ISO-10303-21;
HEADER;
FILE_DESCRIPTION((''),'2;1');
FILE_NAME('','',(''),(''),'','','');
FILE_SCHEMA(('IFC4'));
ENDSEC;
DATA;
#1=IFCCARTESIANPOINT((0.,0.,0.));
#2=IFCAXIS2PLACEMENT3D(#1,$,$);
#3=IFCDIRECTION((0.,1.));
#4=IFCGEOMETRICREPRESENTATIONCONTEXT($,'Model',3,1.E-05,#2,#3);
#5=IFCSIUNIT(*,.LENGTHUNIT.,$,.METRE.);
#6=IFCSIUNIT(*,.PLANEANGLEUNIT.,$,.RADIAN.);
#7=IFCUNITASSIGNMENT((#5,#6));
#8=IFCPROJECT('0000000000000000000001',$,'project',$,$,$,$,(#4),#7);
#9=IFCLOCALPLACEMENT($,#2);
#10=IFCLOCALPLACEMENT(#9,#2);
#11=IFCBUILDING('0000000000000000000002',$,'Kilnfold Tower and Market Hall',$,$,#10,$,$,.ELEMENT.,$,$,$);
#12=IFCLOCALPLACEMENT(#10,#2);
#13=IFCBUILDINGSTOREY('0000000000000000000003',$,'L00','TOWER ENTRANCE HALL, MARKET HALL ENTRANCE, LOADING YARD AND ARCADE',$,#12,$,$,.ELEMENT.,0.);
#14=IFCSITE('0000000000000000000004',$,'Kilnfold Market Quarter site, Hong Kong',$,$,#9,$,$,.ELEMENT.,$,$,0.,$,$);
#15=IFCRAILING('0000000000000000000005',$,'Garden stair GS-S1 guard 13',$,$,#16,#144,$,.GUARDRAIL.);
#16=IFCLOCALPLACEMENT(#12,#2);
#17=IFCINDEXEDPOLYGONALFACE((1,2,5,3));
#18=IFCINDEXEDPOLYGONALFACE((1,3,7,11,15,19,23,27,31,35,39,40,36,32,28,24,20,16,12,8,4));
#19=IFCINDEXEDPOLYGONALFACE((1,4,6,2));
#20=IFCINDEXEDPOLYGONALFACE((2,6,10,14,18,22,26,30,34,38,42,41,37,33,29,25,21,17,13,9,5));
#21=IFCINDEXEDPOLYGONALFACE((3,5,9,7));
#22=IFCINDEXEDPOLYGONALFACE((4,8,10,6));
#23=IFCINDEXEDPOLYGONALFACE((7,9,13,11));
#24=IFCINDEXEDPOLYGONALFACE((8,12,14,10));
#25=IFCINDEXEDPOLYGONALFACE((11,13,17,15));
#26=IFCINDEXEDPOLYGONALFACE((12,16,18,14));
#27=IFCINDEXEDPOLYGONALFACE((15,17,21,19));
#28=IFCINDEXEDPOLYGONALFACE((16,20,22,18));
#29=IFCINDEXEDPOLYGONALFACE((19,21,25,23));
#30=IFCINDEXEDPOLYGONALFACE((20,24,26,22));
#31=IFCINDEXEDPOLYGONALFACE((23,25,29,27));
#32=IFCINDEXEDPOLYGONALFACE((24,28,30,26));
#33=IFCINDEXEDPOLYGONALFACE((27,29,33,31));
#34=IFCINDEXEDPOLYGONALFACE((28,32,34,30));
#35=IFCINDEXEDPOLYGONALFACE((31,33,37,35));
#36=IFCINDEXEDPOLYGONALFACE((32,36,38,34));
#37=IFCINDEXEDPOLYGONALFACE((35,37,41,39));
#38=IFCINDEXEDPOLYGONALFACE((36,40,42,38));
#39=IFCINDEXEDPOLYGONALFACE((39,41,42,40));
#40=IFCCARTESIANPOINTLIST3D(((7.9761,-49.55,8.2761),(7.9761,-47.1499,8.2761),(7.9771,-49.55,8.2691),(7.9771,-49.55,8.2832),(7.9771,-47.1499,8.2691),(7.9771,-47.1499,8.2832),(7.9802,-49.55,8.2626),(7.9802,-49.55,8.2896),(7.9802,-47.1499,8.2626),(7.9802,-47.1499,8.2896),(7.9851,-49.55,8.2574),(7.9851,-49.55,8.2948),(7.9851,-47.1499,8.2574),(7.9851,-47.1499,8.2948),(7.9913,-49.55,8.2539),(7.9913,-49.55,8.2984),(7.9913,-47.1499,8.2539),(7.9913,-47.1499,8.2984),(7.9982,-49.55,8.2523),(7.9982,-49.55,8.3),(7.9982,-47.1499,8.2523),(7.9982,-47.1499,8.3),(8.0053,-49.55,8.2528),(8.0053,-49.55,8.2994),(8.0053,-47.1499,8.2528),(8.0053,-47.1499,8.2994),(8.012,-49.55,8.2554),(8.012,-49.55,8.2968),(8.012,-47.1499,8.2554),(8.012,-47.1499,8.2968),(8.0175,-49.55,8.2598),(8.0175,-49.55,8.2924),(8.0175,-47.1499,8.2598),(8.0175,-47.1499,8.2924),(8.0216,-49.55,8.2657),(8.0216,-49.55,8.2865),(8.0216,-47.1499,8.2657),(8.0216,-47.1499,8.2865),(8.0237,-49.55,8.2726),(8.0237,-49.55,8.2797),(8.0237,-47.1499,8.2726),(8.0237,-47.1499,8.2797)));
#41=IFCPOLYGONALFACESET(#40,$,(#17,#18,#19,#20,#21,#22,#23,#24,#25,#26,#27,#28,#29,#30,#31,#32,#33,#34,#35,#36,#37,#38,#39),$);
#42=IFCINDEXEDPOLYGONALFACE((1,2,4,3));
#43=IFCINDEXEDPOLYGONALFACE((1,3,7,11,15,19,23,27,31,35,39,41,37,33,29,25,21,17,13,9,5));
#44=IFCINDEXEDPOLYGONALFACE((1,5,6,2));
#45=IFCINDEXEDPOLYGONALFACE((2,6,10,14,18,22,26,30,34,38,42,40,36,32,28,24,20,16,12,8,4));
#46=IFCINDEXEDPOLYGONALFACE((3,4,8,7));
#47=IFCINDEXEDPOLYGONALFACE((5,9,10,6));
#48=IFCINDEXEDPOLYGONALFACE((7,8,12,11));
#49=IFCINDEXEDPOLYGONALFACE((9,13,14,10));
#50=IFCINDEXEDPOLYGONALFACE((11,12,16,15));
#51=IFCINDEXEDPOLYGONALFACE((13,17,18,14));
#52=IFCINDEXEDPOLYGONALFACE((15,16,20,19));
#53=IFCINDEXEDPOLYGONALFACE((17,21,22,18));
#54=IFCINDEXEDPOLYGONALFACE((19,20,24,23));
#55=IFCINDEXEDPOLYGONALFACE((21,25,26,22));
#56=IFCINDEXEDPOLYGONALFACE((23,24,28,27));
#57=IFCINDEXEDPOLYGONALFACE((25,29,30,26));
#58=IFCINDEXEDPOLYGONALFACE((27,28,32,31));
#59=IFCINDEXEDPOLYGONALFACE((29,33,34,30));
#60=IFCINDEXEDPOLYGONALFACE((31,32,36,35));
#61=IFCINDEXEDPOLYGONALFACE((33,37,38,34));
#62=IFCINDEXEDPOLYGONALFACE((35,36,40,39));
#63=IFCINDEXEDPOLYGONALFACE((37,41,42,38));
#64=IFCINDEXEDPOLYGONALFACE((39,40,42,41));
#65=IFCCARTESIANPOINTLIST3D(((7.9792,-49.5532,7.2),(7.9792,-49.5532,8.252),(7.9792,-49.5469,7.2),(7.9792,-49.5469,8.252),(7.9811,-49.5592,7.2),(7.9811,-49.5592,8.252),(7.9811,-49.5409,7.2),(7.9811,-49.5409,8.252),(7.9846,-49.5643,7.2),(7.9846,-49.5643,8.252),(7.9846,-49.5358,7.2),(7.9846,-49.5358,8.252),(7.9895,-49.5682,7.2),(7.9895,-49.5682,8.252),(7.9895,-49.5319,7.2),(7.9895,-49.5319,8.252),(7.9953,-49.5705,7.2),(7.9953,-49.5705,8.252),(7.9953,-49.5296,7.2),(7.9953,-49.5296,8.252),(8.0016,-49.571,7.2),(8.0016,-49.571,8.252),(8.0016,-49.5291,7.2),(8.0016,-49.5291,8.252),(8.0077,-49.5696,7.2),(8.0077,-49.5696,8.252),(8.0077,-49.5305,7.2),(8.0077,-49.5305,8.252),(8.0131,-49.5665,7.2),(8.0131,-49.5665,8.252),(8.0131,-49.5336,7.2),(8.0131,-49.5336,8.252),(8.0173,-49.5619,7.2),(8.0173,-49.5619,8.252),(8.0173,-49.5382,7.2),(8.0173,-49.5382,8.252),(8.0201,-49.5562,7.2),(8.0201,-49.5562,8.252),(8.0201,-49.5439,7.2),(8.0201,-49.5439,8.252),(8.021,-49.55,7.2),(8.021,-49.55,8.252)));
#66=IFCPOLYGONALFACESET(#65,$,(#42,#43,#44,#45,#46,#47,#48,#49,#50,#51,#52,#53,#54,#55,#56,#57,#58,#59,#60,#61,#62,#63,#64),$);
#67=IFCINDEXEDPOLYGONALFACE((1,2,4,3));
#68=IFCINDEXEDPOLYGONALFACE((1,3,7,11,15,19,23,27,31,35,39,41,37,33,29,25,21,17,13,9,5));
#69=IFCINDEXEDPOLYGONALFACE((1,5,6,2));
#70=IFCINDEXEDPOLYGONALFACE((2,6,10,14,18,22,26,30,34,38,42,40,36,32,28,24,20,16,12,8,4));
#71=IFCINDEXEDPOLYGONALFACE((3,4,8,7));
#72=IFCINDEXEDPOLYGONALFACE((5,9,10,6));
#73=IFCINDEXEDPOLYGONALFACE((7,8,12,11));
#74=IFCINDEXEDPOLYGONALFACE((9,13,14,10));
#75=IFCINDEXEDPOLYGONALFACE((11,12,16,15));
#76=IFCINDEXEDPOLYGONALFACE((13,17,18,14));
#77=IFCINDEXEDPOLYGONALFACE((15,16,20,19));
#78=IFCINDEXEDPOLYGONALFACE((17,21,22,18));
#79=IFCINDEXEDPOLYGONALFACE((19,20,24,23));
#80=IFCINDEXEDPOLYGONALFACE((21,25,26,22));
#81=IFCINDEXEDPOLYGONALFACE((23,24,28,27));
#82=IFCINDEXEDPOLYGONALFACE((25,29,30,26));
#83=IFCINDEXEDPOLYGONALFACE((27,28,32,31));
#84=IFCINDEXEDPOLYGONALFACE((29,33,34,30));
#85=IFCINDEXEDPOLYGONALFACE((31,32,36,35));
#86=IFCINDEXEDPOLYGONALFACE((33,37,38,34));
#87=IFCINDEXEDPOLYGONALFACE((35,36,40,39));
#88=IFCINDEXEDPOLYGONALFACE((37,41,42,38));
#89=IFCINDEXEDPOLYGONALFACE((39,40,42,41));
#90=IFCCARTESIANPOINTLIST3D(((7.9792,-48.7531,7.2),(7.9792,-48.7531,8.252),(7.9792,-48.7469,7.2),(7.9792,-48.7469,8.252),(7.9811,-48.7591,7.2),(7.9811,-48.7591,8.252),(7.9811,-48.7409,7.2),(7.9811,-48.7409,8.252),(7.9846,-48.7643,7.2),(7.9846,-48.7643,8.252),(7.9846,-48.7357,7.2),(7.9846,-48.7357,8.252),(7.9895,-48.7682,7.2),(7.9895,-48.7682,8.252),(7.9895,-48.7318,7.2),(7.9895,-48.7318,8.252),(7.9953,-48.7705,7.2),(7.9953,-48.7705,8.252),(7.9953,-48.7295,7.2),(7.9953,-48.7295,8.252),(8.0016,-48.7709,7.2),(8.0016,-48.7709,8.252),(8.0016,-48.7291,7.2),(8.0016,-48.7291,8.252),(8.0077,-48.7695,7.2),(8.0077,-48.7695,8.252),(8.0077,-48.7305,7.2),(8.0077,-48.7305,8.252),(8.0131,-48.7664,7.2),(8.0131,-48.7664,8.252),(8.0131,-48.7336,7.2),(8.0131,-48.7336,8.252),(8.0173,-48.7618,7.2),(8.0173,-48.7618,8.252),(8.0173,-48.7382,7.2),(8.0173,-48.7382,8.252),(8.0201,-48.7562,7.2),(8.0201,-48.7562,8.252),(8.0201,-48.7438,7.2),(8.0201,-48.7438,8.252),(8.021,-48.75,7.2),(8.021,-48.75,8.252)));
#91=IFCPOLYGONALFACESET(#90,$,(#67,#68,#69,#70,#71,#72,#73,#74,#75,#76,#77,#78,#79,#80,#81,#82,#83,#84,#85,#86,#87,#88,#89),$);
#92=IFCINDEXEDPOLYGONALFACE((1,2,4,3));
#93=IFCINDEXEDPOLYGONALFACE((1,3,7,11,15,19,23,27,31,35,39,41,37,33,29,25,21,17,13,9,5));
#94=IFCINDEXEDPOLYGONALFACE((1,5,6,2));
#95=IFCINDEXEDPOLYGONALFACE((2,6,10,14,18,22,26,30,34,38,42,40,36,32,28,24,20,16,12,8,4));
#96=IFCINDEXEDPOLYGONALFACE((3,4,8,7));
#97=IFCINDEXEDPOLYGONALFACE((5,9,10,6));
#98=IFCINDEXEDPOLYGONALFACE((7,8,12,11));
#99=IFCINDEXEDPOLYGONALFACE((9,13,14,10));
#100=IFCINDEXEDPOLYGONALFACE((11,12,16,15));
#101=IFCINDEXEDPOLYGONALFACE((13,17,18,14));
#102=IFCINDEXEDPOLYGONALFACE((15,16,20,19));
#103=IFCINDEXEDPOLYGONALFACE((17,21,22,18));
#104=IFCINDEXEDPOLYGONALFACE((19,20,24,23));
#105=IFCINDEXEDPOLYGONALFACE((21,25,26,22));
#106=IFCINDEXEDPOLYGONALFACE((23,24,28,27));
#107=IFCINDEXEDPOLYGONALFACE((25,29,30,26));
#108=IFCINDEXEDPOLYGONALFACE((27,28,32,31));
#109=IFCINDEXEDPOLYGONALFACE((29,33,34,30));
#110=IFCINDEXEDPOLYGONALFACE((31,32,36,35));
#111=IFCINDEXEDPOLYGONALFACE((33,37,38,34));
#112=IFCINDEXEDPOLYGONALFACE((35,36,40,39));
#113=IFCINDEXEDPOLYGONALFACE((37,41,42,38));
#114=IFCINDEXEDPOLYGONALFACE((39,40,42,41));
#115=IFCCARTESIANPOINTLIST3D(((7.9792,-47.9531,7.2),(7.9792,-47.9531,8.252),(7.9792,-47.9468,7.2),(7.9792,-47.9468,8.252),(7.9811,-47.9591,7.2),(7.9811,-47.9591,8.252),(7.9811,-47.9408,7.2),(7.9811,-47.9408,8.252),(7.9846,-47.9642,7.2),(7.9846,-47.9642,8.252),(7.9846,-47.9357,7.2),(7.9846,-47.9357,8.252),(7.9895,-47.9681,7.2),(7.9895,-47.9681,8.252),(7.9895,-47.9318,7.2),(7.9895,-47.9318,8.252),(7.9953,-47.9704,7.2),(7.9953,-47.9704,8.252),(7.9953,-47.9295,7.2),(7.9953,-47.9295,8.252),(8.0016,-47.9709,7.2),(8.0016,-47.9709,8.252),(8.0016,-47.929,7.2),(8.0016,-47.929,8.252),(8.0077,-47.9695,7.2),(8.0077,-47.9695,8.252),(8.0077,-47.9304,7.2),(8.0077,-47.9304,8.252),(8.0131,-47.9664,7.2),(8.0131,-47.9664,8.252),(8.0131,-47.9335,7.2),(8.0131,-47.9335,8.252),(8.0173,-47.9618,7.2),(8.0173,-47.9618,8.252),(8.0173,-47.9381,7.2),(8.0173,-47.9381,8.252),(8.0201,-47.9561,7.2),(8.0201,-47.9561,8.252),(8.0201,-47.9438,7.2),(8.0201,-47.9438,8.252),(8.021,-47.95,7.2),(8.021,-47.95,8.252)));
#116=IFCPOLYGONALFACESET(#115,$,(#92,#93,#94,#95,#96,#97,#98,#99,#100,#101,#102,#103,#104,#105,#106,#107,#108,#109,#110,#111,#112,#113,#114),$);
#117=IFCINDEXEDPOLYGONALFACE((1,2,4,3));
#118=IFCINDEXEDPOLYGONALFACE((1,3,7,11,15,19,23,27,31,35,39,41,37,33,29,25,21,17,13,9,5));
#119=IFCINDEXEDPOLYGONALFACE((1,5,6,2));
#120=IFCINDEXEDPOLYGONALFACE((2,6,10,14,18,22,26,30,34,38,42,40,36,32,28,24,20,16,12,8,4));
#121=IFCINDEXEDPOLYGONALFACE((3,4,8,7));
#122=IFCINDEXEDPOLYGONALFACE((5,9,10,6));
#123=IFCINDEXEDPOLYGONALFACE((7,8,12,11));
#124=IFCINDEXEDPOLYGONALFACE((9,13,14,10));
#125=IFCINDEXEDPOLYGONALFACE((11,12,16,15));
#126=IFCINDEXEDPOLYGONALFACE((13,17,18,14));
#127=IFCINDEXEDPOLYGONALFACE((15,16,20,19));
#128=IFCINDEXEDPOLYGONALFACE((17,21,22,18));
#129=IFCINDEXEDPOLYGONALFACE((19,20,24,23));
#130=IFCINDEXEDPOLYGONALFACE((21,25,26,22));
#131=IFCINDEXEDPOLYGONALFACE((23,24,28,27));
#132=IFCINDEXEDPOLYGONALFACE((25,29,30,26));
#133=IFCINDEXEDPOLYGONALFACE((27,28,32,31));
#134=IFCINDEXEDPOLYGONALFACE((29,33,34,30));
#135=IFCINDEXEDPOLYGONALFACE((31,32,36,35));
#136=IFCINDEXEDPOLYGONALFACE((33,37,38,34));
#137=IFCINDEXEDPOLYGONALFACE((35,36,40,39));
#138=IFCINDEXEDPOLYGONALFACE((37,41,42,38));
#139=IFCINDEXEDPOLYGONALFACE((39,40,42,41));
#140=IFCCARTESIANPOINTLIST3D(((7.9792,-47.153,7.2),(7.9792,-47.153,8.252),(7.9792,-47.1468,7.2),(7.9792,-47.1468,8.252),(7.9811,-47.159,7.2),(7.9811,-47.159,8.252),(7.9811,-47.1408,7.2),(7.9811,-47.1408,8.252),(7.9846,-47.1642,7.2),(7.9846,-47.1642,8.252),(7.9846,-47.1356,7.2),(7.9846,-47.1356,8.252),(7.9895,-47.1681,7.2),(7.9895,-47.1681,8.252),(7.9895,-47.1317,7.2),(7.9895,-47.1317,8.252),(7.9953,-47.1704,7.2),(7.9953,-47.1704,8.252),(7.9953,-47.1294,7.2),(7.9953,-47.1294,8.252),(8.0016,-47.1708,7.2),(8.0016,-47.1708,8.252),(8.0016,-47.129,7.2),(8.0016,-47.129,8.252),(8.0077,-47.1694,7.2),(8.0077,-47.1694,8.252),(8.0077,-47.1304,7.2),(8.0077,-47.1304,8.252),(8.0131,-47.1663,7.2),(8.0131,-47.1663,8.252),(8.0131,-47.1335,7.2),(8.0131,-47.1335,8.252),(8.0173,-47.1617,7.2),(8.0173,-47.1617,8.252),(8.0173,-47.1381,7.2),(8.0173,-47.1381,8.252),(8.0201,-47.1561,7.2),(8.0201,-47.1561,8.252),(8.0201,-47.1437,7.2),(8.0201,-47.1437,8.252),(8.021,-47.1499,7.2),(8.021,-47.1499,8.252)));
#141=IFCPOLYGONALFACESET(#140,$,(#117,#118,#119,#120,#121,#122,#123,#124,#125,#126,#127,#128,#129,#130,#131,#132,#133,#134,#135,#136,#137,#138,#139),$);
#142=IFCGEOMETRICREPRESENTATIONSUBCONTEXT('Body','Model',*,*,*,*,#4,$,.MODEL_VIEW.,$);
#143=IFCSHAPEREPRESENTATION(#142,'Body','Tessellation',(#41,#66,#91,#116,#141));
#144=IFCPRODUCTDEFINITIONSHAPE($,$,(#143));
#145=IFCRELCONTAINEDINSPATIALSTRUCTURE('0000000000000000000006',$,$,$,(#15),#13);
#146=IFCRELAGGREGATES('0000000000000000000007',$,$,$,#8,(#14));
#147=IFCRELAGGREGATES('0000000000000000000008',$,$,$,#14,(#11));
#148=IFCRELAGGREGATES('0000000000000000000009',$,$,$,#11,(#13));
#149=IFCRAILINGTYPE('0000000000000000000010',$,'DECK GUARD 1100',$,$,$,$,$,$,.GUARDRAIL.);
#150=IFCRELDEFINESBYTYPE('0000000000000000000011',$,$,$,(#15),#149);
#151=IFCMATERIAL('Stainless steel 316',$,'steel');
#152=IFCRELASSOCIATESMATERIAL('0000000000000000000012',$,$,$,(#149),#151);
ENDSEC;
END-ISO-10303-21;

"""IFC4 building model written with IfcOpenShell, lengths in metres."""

from ifc_helpers import new_model, si_unit, direction, frame, origin, origin_2d, place, context, subcontext, project, spatial, circle, extrude, material, type_object, element, save


model = new_model("IFC4")

# Units and contexts
model_context = context("Model", 3, precision=1e-05, world=origin(), true_north=direction((0.0, 1.0)))
body_context = subcontext(model_context, "Body", "Model", "MODEL_VIEW")
ifc_project = project(units=[si_unit("LENGTHUNIT", "METRE"), si_unit("PLANEANGLEUNIT", "RADIAN")], contexts=[model_context])

# Site, building, storey
site_placement = place(None, origin())
site = spatial("IfcSite", under=ifc_project, at=site_placement, Name="Kilnfold Market Quarter site, Hong Kong", CompositionType="ELEMENT", RefElevation=0.0)
building_placement = place(site_placement, origin())
building = spatial("IfcBuilding", under=site, at=building_placement, Name="Kilnfold Tower and Market Hall", CompositionType="ELEMENT")
storey_placement = place(building_placement, origin())
storey = spatial("IfcBuildingStorey", under=building, at=storey_placement, Name="L00", Description="TOWER ENTRANCE HALL, MARKET HALL ENTRANCE, LOADING YARD AND ARCADE", CompositionType="ELEMENT", Elevation=0.0)

# Railing
ifc_material_1 = material(Name="Stainless steel 316", Category="steel")
railing_type_1 = type_object("IfcRailingType", Name="DECK GUARD 1100", PredefinedType="GUARDRAIL", material=ifc_material_1)
railing_1_placement = place(storey_placement, frame((8.0, -49.55, 7.2)))
element("IfcRailing", 1, at=railing_1_placement, inside=storey, type_object=railing_type_1, Name="Garden stair GS-S1 guard 13", PredefinedType="GUARDRAIL", context=body_context, shape_type="SweptSolid", body=[
    extrude(circle(Radius=0.0239, at=origin_2d()), frame((0.0, 0.0, 1.0762), z_axis=(0.0, 1.0, 0.0), x_axis=(-1.0, 0.0, 0.0)), (0.0, 0.0, 1.0), 2.4001),
    extrude(circle(Radius=0.021, at=origin_2d()), origin(), (0.0, 0.0, 1.0), 1.052),
    extrude(circle(Radius=0.021, at=origin_2d()), frame((0.0, 0.8, 0.0)), (0.0, 0.0, 1.0), 1.052),
    extrude(circle(Radius=0.021, at=origin_2d()), frame((0.0, 1.6001, 0.0)), (0.0, 0.0, 1.0), 1.052),
    extrude(circle(Radius=0.021, at=origin_2d()), frame((0.0, 2.4001, 0.0)), (0.0, 0.0, 1.0), 1.052),
])

save(model, "model.ifc")
